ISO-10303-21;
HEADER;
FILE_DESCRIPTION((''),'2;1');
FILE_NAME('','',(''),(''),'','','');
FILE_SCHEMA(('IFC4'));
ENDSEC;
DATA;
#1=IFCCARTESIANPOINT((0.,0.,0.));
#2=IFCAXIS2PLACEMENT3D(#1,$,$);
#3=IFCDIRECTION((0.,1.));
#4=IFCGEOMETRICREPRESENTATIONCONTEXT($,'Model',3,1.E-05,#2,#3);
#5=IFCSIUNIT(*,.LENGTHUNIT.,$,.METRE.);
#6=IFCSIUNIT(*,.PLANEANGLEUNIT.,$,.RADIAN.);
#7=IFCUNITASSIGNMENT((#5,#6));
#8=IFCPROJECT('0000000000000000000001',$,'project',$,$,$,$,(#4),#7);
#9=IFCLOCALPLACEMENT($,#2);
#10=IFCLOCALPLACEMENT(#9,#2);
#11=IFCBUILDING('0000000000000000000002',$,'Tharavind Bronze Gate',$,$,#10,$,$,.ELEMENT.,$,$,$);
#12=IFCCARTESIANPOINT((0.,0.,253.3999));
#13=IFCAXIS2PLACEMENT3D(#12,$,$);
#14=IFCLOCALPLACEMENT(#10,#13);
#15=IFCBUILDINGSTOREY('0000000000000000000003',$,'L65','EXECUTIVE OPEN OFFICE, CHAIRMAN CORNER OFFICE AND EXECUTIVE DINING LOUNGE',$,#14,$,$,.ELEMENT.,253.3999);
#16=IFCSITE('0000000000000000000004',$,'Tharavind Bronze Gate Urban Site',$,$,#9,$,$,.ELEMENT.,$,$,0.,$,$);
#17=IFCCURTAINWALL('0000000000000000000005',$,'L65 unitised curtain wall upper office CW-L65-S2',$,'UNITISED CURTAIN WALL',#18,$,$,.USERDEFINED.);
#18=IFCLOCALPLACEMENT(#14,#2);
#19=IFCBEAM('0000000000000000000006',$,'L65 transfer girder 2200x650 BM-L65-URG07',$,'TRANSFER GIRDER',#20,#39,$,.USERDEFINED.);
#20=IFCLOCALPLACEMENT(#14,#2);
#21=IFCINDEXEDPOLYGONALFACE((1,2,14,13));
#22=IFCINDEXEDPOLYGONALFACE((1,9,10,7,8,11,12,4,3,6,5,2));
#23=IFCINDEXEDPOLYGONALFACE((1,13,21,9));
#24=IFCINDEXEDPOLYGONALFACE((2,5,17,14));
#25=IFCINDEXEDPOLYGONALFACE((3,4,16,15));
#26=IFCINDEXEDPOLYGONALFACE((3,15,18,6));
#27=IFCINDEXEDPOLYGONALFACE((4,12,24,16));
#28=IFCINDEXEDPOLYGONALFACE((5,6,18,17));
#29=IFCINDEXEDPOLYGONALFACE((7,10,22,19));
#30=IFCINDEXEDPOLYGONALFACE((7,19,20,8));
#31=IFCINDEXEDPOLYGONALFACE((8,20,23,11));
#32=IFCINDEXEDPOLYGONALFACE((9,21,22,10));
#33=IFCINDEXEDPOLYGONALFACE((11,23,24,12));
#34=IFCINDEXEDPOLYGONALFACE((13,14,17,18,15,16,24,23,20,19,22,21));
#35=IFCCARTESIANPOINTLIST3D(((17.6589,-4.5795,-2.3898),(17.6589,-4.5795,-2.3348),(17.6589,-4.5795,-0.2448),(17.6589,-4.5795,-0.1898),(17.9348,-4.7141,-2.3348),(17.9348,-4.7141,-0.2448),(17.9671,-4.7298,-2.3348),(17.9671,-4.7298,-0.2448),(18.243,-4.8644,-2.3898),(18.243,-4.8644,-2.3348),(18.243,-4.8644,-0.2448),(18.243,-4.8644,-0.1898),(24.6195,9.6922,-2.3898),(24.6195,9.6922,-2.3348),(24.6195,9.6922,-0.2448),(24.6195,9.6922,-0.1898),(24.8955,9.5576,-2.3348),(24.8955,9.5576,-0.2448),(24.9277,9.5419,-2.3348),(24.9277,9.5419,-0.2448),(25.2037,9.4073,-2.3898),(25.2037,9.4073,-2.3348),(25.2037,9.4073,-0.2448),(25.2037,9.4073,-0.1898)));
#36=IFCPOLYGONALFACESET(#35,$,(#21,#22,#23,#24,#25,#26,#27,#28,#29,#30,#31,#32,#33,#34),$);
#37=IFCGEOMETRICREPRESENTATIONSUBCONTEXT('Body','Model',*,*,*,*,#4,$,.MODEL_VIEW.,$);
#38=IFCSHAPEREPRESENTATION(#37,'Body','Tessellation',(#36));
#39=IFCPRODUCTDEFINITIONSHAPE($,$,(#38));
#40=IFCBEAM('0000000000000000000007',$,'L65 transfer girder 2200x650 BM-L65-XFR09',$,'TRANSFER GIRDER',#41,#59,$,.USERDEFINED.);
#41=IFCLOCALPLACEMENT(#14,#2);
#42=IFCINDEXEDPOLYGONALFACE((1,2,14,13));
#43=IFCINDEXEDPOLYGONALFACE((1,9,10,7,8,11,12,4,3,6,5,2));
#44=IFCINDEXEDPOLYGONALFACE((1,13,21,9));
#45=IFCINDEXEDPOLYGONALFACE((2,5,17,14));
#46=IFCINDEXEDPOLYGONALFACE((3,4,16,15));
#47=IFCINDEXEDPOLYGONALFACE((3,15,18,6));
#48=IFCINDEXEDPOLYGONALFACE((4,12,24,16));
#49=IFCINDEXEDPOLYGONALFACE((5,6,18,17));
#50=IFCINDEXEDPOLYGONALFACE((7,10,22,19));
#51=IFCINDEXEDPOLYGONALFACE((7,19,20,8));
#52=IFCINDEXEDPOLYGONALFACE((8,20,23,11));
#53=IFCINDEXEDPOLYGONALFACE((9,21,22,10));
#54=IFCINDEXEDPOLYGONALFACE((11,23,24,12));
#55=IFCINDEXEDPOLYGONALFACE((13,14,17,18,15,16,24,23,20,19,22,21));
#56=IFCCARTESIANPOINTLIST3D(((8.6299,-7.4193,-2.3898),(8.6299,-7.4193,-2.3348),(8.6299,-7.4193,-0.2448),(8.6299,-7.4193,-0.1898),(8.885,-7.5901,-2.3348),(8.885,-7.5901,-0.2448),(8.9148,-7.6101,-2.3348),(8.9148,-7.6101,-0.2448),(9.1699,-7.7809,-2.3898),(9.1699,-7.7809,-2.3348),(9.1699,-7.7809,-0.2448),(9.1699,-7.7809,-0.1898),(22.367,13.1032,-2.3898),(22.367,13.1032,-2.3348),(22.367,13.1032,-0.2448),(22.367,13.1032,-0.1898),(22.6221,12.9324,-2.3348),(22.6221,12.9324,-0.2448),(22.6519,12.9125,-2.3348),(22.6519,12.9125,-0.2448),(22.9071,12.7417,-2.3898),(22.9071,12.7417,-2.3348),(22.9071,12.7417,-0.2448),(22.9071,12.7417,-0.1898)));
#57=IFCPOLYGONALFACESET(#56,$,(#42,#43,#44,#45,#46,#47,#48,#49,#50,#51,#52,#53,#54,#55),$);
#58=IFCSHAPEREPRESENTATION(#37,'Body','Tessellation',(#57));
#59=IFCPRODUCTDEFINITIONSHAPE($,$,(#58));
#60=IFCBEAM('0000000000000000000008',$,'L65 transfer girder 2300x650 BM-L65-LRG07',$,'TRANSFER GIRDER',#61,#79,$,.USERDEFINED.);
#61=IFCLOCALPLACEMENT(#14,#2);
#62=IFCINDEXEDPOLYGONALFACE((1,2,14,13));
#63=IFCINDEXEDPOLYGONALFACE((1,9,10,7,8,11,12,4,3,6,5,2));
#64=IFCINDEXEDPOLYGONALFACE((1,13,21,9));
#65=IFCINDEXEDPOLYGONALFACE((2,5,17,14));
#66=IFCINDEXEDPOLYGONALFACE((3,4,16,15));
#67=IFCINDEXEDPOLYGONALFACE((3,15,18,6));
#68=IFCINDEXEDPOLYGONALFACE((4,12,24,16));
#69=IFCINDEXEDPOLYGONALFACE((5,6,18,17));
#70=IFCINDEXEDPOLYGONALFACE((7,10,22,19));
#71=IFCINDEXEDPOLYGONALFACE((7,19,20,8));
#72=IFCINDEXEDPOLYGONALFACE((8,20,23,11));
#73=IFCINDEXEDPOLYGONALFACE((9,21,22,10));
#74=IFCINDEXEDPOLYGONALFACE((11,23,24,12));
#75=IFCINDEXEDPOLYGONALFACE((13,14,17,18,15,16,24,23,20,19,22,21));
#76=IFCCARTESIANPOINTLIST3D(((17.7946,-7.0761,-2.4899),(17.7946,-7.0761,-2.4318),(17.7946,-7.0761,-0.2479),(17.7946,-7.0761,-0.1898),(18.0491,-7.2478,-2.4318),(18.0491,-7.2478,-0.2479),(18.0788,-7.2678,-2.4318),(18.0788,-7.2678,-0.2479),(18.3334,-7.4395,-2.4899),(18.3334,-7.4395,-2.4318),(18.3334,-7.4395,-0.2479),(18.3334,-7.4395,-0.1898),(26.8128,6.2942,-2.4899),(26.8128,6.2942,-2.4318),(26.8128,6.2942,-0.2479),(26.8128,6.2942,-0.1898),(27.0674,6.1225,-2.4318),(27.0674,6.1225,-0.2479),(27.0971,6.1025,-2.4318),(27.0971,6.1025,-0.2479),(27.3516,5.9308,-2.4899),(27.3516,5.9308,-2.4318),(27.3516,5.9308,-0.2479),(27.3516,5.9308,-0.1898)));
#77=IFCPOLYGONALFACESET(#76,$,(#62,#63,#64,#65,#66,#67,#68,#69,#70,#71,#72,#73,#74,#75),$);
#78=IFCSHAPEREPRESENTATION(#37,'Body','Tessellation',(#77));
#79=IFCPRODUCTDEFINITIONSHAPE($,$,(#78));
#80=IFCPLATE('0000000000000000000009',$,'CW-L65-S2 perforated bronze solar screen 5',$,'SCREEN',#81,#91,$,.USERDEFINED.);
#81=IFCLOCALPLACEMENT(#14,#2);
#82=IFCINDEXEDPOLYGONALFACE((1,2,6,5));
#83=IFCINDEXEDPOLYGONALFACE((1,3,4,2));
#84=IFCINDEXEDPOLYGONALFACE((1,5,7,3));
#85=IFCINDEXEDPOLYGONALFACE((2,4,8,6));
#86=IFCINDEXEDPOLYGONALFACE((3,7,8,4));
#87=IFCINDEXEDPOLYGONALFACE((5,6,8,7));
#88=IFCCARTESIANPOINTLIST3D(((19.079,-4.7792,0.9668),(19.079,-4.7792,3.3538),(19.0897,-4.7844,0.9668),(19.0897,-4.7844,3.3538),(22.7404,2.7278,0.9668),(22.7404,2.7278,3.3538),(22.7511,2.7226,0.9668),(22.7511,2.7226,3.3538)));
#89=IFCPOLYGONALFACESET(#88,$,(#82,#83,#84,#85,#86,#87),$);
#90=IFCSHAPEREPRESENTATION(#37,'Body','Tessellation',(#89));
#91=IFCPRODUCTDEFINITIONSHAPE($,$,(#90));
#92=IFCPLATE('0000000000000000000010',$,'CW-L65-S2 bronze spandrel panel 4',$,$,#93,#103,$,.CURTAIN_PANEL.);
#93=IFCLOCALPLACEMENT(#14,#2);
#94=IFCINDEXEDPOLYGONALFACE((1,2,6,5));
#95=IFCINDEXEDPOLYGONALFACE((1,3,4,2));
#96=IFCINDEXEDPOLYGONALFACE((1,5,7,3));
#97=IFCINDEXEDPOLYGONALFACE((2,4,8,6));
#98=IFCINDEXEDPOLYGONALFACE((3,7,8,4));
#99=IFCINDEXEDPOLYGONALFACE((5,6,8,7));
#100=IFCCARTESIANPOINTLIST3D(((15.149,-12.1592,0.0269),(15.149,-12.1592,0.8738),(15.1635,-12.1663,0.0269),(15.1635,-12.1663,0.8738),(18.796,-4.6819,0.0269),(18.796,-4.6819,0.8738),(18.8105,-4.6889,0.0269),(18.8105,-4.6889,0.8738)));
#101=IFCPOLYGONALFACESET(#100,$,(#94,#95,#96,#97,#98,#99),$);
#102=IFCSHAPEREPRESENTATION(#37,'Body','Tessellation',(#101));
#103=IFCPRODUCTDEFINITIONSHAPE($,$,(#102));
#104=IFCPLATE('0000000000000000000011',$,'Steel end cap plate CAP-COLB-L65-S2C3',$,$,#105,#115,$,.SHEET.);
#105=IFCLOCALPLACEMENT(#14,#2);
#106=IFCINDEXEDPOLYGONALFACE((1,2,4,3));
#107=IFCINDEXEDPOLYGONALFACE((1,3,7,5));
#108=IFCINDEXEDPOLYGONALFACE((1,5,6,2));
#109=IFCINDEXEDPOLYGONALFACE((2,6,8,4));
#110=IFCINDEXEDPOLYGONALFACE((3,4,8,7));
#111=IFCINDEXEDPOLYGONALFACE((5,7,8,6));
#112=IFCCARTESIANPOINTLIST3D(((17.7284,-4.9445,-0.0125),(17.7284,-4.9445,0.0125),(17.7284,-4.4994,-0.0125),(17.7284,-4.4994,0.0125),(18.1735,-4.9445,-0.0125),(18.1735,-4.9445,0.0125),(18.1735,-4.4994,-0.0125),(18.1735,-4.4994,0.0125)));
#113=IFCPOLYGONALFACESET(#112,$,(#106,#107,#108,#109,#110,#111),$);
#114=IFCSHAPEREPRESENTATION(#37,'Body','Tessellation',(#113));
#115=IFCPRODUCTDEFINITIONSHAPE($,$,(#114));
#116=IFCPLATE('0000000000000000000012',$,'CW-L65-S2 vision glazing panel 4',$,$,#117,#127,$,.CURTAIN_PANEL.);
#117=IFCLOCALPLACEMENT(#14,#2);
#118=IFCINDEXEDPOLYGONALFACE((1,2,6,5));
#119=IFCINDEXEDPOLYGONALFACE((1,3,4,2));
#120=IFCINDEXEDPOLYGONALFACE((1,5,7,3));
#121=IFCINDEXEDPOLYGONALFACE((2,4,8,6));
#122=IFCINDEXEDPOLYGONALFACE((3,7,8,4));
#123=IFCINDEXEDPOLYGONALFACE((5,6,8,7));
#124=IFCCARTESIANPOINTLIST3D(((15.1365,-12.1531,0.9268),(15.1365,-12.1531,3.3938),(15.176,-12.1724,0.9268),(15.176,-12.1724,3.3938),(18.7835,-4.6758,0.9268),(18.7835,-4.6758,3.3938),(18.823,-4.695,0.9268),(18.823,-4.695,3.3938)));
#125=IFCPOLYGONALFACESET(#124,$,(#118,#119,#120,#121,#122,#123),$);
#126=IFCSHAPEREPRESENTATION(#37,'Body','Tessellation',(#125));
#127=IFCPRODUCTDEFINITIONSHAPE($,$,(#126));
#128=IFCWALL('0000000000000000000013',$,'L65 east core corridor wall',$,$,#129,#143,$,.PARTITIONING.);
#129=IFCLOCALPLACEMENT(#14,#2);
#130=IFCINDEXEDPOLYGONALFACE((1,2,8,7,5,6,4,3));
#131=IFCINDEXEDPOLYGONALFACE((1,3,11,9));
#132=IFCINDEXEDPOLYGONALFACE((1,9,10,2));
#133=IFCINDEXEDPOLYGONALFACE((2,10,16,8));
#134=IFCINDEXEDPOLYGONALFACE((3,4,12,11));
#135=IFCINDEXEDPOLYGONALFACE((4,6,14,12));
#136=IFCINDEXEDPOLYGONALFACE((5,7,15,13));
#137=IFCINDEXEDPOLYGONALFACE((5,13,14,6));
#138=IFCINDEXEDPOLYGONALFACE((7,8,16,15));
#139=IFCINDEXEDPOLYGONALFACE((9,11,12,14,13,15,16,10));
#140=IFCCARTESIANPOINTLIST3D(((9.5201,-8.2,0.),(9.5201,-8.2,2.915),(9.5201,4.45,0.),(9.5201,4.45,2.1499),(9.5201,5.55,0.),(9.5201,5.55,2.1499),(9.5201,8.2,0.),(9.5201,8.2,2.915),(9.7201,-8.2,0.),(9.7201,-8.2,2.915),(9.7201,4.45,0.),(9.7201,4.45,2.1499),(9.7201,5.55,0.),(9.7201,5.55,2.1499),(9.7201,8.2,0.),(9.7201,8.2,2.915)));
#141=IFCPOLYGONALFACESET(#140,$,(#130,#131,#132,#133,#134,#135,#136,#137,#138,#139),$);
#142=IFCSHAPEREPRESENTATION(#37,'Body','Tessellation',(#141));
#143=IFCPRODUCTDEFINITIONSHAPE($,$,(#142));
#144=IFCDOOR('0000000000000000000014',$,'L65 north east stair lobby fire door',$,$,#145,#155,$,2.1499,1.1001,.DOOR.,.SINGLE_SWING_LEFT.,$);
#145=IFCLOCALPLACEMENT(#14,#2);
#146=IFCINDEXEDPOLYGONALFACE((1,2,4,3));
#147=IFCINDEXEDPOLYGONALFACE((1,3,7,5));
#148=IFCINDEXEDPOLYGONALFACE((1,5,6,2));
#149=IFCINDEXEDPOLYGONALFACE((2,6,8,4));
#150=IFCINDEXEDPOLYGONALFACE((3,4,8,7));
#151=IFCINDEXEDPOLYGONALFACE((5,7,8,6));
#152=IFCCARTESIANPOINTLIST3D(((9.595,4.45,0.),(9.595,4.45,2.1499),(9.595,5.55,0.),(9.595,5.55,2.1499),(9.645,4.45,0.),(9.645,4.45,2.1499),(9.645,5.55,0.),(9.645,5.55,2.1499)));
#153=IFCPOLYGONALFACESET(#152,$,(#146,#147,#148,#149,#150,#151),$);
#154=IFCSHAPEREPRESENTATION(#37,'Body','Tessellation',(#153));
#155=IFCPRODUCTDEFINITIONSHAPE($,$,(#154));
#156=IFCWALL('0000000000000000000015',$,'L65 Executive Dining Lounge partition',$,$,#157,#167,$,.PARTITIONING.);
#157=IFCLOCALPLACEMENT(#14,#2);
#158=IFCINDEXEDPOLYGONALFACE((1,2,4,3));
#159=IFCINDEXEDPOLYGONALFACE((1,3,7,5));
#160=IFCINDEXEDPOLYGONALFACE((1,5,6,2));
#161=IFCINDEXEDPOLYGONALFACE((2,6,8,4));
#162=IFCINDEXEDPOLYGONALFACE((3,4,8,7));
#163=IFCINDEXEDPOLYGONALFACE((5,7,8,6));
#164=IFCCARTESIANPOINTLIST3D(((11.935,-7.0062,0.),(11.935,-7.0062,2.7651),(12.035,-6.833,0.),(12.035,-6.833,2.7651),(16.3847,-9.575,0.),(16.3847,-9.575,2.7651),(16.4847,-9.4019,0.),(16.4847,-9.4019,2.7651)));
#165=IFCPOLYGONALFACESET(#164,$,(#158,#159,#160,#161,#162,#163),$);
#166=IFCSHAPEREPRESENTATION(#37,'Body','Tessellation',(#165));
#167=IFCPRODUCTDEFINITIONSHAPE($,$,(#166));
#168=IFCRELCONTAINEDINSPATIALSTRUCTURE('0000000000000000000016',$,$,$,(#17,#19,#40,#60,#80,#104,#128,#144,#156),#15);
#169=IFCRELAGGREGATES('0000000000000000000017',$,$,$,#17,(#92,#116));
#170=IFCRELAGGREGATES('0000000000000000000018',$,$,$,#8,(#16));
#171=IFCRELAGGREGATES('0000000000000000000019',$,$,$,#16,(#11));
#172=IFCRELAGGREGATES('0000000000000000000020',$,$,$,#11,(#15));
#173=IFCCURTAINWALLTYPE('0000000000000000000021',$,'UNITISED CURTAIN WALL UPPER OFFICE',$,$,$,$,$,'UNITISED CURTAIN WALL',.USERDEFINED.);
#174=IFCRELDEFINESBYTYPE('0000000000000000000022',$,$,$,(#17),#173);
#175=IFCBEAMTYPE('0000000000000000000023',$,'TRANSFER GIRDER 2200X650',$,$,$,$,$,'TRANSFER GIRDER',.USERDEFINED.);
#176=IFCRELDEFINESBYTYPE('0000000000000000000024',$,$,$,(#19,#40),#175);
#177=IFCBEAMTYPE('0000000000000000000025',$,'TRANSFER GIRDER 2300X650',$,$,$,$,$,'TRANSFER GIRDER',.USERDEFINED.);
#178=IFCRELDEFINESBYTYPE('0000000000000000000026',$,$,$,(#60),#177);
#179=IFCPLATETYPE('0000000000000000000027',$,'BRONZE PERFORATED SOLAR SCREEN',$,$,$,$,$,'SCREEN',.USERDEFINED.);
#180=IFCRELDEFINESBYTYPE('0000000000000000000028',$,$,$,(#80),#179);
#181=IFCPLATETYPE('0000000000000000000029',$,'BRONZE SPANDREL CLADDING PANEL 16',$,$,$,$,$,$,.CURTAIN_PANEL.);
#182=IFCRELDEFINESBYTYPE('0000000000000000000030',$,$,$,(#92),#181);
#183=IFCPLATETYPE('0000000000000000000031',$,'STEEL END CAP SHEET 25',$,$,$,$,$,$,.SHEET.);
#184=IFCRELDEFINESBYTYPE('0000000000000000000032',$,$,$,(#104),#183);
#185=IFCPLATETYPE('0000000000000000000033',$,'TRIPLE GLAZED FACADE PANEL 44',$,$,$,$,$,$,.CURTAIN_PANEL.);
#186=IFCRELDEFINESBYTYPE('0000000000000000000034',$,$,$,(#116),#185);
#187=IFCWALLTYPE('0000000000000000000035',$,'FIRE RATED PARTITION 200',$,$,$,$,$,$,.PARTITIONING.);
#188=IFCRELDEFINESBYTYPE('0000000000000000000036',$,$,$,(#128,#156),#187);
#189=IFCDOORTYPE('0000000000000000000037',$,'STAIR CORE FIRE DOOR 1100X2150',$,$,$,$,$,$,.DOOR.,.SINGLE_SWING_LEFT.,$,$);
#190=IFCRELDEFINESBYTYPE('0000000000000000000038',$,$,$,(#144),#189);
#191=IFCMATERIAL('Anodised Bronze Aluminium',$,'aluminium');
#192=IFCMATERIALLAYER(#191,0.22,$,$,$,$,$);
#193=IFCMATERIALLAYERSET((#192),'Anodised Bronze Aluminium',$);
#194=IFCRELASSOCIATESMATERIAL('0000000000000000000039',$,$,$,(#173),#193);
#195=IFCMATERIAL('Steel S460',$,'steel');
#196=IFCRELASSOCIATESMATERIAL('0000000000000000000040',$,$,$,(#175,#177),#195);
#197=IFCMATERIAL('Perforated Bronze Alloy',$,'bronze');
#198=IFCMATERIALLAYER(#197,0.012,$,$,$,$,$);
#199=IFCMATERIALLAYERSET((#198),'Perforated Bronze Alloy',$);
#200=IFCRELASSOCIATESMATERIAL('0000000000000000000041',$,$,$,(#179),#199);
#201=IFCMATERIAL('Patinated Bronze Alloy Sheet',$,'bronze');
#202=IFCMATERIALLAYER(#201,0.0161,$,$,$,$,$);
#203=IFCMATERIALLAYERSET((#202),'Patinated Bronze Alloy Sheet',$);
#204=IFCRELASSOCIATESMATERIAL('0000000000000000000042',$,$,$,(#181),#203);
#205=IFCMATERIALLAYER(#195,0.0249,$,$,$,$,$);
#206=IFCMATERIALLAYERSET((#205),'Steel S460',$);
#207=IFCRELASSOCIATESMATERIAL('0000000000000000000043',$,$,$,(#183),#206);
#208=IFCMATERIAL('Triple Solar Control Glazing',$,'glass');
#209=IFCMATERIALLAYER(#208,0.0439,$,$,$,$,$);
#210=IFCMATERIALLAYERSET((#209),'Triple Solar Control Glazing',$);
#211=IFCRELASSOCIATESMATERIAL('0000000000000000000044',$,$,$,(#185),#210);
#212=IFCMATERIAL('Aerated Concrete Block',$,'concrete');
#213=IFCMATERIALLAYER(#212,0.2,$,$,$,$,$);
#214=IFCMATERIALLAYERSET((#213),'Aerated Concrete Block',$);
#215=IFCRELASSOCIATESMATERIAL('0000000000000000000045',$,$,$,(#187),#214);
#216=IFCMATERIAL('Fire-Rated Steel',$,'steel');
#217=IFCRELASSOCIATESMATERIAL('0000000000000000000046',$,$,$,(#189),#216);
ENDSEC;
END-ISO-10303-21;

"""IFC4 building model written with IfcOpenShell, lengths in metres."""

from ifc_helpers import new_model, si_unit, direction, frame, frame_2d, origin, origin_2d, place, context, subcontext, project, spatial, rectangle, i_section, extrude, material, layer, layer_set, material_profile, profile_set, type_object, element, fill, aggregate, save


model = new_model("IFC4")

# Units and contexts
model_context = context("Model", 3, precision=1e-05, world=origin(), true_north=direction((0.0, 1.0)))
body_context = subcontext(model_context, "Body", "Model", "MODEL_VIEW")
ifc_project = project(units=[si_unit("LENGTHUNIT", "METRE"), si_unit("PLANEANGLEUNIT", "RADIAN")], contexts=[model_context])

# Site, building, storey
site_placement = place(None, origin())
site = spatial("IfcSite", under=ifc_project, at=site_placement, Name="Tharavind Bronze Gate Urban Site", CompositionType="ELEMENT", RefElevation=0.0)
building_placement = place(site_placement, origin())
building = spatial("IfcBuilding", under=site, at=building_placement, Name="Tharavind Bronze Gate", CompositionType="ELEMENT")
storey_placement = place(building_placement, frame((0.0, 0.0, 253.3999)))
storey = spatial("IfcBuildingStorey", under=building, at=storey_placement, Name="L65", Description="EXECUTIVE OPEN OFFICE, CHAIRMAN CORNER OFFICE AND EXECUTIVE DINING LOUNGE", CompositionType="ELEMENT", Elevation=253.3999)

# Shared definitions
ifc_material_1 = material(Name="Steel S460", Category="steel")

# Curtain wall
ifc_material_2 = material(Name="Anodised Bronze Aluminium", Category="aluminium")
ifc_layer_1 = layer(ifc_material_2, 0.22)
ifc_layer_set_1 = layer_set([ifc_layer_1], Name="Anodised Bronze Aluminium")
curtain_wall_type = type_object("IfcCurtainWallType", Name="UNITISED CURTAIN WALL UPPER OFFICE", ElementType="UNITISED CURTAIN WALL", PredefinedType="USERDEFINED", material=ifc_layer_set_1)
curtain_wall_placement = place(storey_placement, origin())
curtain_wall = element("IfcCurtainWall", 1, at=curtain_wall_placement, inside=storey, type_object=curtain_wall_type, Name="L65 unitised curtain wall upper office CW-L65-S2", ObjectType="UNITISED CURTAIN WALL", PredefinedType="USERDEFINED")

# Beams
ifc_material_profile_1 = material_profile(ifc_material_1, i_section(OverallWidth=0.6499, OverallDepth=2.2, WebThickness=0.0359, FlangeThickness=0.0549, at=origin_2d()), Name="PG2200X650")
ifc_profile_set_1 = profile_set([ifc_material_profile_1], Name="Steel S460")
beam_type_1 = type_object("IfcBeamType", Name="TRANSFER GIRDER 2200X650", ElementType="TRANSFER GIRDER", PredefinedType="USERDEFINED", material=ifc_profile_set_1)
beam_1_placement = place(storey_placement, frame((17.9509, -4.7219, -1.2898), z_axis=(0.438366, 0.898796, 0.0), x_axis=(-0.898796, 0.438366, 0.0)))
element("IfcBeam", 2, at=beam_1_placement, inside=storey, type_object=beam_type_1, Name="L65 transfer girder 2200x650 BM-L65-URG07", ObjectType="TRANSFER GIRDER", PredefinedType="USERDEFINED", context=body_context, shape_type="SweptSolid", body=[
    extrude(i_section(OverallWidth=0.6499, OverallDepth=2.2, WebThickness=0.0359, FlangeThickness=0.0549, at=origin_2d()), origin(), (0.0, 0.0, 1.0), 15.8787),
])
beam_2_placement = place(storey_placement, frame((8.8999, -7.6001, -1.2898), z_axis=(0.556253, 0.831013, 0.0), x_axis=(-0.831013, 0.556253, 0.0)))
element("IfcBeam", 3, at=beam_2_placement, inside=storey, type_object=beam_type_1, Name="L65 transfer girder 2200x650 BM-L65-XFR09", ObjectType="TRANSFER GIRDER", PredefinedType="USERDEFINED", context=body_context, shape_type="SweptSolid", body=[
    extrude(i_section(OverallWidth=0.6499, OverallDepth=2.2, WebThickness=0.0359, FlangeThickness=0.0549, at=origin_2d()), origin(), (0.0, 0.0, 1.0), 24.6958),
])
ifc_material_profile_2 = material_profile(ifc_material_1, i_section(OverallWidth=0.6499, OverallDepth=2.3, WebThickness=0.0359, FlangeThickness=0.0581, at=origin_2d()), Name="PG2300X650")
ifc_profile_set_2 = profile_set([ifc_material_profile_2], Name="Steel S460")
beam_type_2 = type_object("IfcBeamType", Name="TRANSFER GIRDER 2300X650", ElementType="TRANSFER GIRDER", PredefinedType="USERDEFINED", material=ifc_profile_set_2)
beam_3_placement = place(storey_placement, frame((18.064, -7.2578, -1.3398), z_axis=(0.559188, 0.829041, 0.0), x_axis=(-0.829041, 0.559188, 0.0)))
element("IfcBeam", 4, at=beam_3_placement, inside=storey, type_object=beam_type_2, Name="L65 transfer girder 2300x650 BM-L65-LRG07", ObjectType="TRANSFER GIRDER", PredefinedType="USERDEFINED", context=body_context, shape_type="SweptSolid", body=[
    extrude(i_section(OverallWidth=0.6499, OverallDepth=2.3, WebThickness=0.0359, FlangeThickness=0.0581, at=origin_2d()), origin(), (0.0, 0.0, 1.0), 16.1274),
])

# Plates
ifc_material_3 = material(Name="Perforated Bronze Alloy", Category="bronze")
ifc_layer_2 = layer(ifc_material_3, 0.012)
ifc_layer_set_2 = layer_set([ifc_layer_2], Name="Perforated Bronze Alloy")
plate_type_1 = type_object("IfcPlateType", Name="BRONZE PERFORATED SOLAR SCREEN", ElementType="SCREEN", PredefinedType="USERDEFINED", material=ifc_layer_set_2)
plate_1_placement = place(storey_placement, frame((20.915, -1.0283, 0.9668), z_axis=(0.0, 0.0, 1.0), x_axis=(0.438373, 0.898793, 0.0)))
element("IfcPlate", 5, at=plate_1_placement, inside=storey, type_object=plate_type_1, Name="CW-L65-S2 perforated bronze solar screen 5", ObjectType="SCREEN", PredefinedType="USERDEFINED", context=body_context, shape_type="SweptSolid", body=[
    extrude(rectangle(XDim=8.3523, YDim=0.012, at=origin_2d()), origin(), (0.0, 0.0, 1.0), 2.387),
])
ifc_material_4 = material(Name="Patinated Bronze Alloy Sheet", Category="bronze")
ifc_layer_3 = layer(ifc_material_4, 0.0161)
ifc_layer_set_3 = layer_set([ifc_layer_3], Name="Patinated Bronze Alloy Sheet")
plate_type_2 = type_object("IfcPlateType", Name="BRONZE SPANDREL CLADDING PANEL 16", PredefinedType="CURTAIN_PANEL", material=ifc_layer_set_3)
plate_2_placement = place(storey_placement, frame((16.9797, -8.4241, 0.0269), z_axis=(0.0, 0.0, 1.0), x_axis=(0.438373, 0.898793, 0.0)))
plate_2 = element("IfcPlate", 6, at=plate_2_placement, type_object=plate_type_2, Name="CW-L65-S2 bronze spandrel panel 4", PredefinedType="CURTAIN_PANEL", context=body_context, shape_type="SweptSolid", body=[
    extrude(rectangle(XDim=8.3193, YDim=0.0161, at=origin_2d()), origin(), (0.0, 0.0, 1.0), 0.8469),
])
ifc_layer_4 = layer(ifc_material_1, 0.0249)
ifc_layer_set_4 = layer_set([ifc_layer_4], Name="Steel S460")
plate_type_3 = type_object("IfcPlateType", Name="STEEL END CAP SHEET 25", PredefinedType="SHEET", material=ifc_layer_set_4)
plate_3_placement = place(storey_placement, frame((17.9509, -4.7219, -0.0125), z_axis=(0.0, 0.0, 1.0), x_axis=(1.0, 0.0, 0.0)))
element("IfcPlate", 7, at=plate_3_placement, inside=storey, type_object=plate_type_3, Name="Steel end cap plate CAP-COLB-L65-S2C3", PredefinedType="SHEET", context=body_context, shape_type="SweptSolid", body=[
    extrude(rectangle(XDim=0.4451, YDim=0.4451, at=origin_2d()), origin(), (0.0, 0.0, 1.0), 0.0249),
])
ifc_material_5 = material(Name="Triple Solar Control Glazing", Category="glass")
ifc_layer_5 = layer(ifc_material_5, 0.0439)
ifc_layer_set_5 = layer_set([ifc_layer_5], Name="Triple Solar Control Glazing")
plate_type_4 = type_object("IfcPlateType", Name="TRIPLE GLAZED FACADE PANEL 44", PredefinedType="CURTAIN_PANEL", material=ifc_layer_set_5)
plate_4_placement = place(storey_placement, frame((16.9797, -8.4241, 0.9268), z_axis=(0.0, 0.0, 1.0), x_axis=(0.438373, 0.898793, 0.0)))
plate_4 = element("IfcPlate", 8, at=plate_4_placement, type_object=plate_type_4, Name="CW-L65-S2 vision glazing panel 4", PredefinedType="CURTAIN_PANEL", context=body_context, shape_type="SweptSolid", body=[
    extrude(rectangle(XDim=8.3193, YDim=0.0439, at=origin_2d()), origin(), (0.0, 0.0, 1.0), 2.467),
])
aggregate(curtain_wall, [plate_2, plate_4])

# Wall, opening, door
ifc_material_6 = material(Name="Aerated Concrete Block", Category="concrete")
ifc_layer_6 = layer(ifc_material_6, 0.2)
ifc_layer_set_6 = layer_set([ifc_layer_6], Name="Aerated Concrete Block")
wall_type_1 = type_object("IfcWallType", Name="FIRE RATED PARTITION 200", PredefinedType="PARTITIONING", material=ifc_layer_set_6)
wall_1_placement = place(storey_placement, frame((9.6201, -8.2, 0.0), z_axis=(0.0, 0.0, 1.0), x_axis=(0.0, 1.0, 0.0)))
wall_1 = element("IfcWall", 9, at=wall_1_placement, inside=storey, type_object=wall_type_1, Name="L65 east core corridor wall", PredefinedType="PARTITIONING", context=body_context, shape_type="SweptSolid", body=[
    extrude(rectangle(XDim=16.3999, YDim=0.2, at=frame_2d((8.2, 0.0))), origin(), (0.0, 0.0, 1.0), 2.915),
])
opening_1_placement = place(wall_1_placement, frame((12.6499, 0.0, 0.0)))
opening_1 = element("IfcOpeningElement", 10, at=opening_1_placement, cuts=wall_1, PredefinedType="OPENING", context=body_context, shape_type="SweptSolid", body=[
    extrude(rectangle(XDim=1.1001, YDim=2.1499, at=frame_2d((0.55, 1.075))), frame((0.0, 0.1101, 0.0), z_axis=(0.0, -1.0, 0.0), x_axis=(1.0, 0.0, 0.0)), (0.0, 0.0, 1.0), 0.22),
])
ifc_material_7 = material(Name="Fire-Rated Steel", Category="steel")
door_type_1 = type_object("IfcDoorType", Name="STAIR CORE FIRE DOOR 1100X2150", OperationType="SINGLE_SWING_LEFT", PredefinedType="DOOR", material=ifc_material_7)
door_1_placement = place(opening_1_placement, frame((1.1001, 0.0, 0.0), z_axis=(0.0, 0.0, 1.0), x_axis=(-1.0, 0.0, 0.0)))
door_1 = element("IfcDoor", 11, at=door_1_placement, inside=storey, type_object=door_type_1, Name="L65 north east stair lobby fire door", OperationType="SINGLE_SWING_LEFT", OverallHeight=2.1499, OverallWidth=1.1001, PredefinedType="DOOR", context=body_context, shape_type="SweptSolid", body=[
    extrude(rectangle(XDim=1.1001, YDim=2.1499, at=frame_2d((0.55, 1.075))), frame((0.0, 0.0249, 0.0), z_axis=(0.0, -1.0, 0.0), x_axis=(1.0, 0.0, 0.0)), (0.0, 0.0, 1.0), 0.05),
])
fill(opening_1, door_1)

# Wall
wall_2_placement = place(storey_placement, frame((11.9851, -6.9197, 0.0), z_axis=(0.0, 0.0, 1.0), x_axis=(0.866042, -0.499972, 0.0)))
element("IfcWall", 12, at=wall_2_placement, inside=storey, type_object=wall_type_1, Name="L65 Executive Dining Lounge partition", PredefinedType="PARTITIONING", context=body_context, shape_type="SweptSolid", body=[
    extrude(rectangle(XDim=5.1379, YDim=0.2, at=frame_2d((2.5688, 0.0))), origin(), (0.0, 0.0, 1.0), 2.7651),
])

save(model, "model.ifc")
